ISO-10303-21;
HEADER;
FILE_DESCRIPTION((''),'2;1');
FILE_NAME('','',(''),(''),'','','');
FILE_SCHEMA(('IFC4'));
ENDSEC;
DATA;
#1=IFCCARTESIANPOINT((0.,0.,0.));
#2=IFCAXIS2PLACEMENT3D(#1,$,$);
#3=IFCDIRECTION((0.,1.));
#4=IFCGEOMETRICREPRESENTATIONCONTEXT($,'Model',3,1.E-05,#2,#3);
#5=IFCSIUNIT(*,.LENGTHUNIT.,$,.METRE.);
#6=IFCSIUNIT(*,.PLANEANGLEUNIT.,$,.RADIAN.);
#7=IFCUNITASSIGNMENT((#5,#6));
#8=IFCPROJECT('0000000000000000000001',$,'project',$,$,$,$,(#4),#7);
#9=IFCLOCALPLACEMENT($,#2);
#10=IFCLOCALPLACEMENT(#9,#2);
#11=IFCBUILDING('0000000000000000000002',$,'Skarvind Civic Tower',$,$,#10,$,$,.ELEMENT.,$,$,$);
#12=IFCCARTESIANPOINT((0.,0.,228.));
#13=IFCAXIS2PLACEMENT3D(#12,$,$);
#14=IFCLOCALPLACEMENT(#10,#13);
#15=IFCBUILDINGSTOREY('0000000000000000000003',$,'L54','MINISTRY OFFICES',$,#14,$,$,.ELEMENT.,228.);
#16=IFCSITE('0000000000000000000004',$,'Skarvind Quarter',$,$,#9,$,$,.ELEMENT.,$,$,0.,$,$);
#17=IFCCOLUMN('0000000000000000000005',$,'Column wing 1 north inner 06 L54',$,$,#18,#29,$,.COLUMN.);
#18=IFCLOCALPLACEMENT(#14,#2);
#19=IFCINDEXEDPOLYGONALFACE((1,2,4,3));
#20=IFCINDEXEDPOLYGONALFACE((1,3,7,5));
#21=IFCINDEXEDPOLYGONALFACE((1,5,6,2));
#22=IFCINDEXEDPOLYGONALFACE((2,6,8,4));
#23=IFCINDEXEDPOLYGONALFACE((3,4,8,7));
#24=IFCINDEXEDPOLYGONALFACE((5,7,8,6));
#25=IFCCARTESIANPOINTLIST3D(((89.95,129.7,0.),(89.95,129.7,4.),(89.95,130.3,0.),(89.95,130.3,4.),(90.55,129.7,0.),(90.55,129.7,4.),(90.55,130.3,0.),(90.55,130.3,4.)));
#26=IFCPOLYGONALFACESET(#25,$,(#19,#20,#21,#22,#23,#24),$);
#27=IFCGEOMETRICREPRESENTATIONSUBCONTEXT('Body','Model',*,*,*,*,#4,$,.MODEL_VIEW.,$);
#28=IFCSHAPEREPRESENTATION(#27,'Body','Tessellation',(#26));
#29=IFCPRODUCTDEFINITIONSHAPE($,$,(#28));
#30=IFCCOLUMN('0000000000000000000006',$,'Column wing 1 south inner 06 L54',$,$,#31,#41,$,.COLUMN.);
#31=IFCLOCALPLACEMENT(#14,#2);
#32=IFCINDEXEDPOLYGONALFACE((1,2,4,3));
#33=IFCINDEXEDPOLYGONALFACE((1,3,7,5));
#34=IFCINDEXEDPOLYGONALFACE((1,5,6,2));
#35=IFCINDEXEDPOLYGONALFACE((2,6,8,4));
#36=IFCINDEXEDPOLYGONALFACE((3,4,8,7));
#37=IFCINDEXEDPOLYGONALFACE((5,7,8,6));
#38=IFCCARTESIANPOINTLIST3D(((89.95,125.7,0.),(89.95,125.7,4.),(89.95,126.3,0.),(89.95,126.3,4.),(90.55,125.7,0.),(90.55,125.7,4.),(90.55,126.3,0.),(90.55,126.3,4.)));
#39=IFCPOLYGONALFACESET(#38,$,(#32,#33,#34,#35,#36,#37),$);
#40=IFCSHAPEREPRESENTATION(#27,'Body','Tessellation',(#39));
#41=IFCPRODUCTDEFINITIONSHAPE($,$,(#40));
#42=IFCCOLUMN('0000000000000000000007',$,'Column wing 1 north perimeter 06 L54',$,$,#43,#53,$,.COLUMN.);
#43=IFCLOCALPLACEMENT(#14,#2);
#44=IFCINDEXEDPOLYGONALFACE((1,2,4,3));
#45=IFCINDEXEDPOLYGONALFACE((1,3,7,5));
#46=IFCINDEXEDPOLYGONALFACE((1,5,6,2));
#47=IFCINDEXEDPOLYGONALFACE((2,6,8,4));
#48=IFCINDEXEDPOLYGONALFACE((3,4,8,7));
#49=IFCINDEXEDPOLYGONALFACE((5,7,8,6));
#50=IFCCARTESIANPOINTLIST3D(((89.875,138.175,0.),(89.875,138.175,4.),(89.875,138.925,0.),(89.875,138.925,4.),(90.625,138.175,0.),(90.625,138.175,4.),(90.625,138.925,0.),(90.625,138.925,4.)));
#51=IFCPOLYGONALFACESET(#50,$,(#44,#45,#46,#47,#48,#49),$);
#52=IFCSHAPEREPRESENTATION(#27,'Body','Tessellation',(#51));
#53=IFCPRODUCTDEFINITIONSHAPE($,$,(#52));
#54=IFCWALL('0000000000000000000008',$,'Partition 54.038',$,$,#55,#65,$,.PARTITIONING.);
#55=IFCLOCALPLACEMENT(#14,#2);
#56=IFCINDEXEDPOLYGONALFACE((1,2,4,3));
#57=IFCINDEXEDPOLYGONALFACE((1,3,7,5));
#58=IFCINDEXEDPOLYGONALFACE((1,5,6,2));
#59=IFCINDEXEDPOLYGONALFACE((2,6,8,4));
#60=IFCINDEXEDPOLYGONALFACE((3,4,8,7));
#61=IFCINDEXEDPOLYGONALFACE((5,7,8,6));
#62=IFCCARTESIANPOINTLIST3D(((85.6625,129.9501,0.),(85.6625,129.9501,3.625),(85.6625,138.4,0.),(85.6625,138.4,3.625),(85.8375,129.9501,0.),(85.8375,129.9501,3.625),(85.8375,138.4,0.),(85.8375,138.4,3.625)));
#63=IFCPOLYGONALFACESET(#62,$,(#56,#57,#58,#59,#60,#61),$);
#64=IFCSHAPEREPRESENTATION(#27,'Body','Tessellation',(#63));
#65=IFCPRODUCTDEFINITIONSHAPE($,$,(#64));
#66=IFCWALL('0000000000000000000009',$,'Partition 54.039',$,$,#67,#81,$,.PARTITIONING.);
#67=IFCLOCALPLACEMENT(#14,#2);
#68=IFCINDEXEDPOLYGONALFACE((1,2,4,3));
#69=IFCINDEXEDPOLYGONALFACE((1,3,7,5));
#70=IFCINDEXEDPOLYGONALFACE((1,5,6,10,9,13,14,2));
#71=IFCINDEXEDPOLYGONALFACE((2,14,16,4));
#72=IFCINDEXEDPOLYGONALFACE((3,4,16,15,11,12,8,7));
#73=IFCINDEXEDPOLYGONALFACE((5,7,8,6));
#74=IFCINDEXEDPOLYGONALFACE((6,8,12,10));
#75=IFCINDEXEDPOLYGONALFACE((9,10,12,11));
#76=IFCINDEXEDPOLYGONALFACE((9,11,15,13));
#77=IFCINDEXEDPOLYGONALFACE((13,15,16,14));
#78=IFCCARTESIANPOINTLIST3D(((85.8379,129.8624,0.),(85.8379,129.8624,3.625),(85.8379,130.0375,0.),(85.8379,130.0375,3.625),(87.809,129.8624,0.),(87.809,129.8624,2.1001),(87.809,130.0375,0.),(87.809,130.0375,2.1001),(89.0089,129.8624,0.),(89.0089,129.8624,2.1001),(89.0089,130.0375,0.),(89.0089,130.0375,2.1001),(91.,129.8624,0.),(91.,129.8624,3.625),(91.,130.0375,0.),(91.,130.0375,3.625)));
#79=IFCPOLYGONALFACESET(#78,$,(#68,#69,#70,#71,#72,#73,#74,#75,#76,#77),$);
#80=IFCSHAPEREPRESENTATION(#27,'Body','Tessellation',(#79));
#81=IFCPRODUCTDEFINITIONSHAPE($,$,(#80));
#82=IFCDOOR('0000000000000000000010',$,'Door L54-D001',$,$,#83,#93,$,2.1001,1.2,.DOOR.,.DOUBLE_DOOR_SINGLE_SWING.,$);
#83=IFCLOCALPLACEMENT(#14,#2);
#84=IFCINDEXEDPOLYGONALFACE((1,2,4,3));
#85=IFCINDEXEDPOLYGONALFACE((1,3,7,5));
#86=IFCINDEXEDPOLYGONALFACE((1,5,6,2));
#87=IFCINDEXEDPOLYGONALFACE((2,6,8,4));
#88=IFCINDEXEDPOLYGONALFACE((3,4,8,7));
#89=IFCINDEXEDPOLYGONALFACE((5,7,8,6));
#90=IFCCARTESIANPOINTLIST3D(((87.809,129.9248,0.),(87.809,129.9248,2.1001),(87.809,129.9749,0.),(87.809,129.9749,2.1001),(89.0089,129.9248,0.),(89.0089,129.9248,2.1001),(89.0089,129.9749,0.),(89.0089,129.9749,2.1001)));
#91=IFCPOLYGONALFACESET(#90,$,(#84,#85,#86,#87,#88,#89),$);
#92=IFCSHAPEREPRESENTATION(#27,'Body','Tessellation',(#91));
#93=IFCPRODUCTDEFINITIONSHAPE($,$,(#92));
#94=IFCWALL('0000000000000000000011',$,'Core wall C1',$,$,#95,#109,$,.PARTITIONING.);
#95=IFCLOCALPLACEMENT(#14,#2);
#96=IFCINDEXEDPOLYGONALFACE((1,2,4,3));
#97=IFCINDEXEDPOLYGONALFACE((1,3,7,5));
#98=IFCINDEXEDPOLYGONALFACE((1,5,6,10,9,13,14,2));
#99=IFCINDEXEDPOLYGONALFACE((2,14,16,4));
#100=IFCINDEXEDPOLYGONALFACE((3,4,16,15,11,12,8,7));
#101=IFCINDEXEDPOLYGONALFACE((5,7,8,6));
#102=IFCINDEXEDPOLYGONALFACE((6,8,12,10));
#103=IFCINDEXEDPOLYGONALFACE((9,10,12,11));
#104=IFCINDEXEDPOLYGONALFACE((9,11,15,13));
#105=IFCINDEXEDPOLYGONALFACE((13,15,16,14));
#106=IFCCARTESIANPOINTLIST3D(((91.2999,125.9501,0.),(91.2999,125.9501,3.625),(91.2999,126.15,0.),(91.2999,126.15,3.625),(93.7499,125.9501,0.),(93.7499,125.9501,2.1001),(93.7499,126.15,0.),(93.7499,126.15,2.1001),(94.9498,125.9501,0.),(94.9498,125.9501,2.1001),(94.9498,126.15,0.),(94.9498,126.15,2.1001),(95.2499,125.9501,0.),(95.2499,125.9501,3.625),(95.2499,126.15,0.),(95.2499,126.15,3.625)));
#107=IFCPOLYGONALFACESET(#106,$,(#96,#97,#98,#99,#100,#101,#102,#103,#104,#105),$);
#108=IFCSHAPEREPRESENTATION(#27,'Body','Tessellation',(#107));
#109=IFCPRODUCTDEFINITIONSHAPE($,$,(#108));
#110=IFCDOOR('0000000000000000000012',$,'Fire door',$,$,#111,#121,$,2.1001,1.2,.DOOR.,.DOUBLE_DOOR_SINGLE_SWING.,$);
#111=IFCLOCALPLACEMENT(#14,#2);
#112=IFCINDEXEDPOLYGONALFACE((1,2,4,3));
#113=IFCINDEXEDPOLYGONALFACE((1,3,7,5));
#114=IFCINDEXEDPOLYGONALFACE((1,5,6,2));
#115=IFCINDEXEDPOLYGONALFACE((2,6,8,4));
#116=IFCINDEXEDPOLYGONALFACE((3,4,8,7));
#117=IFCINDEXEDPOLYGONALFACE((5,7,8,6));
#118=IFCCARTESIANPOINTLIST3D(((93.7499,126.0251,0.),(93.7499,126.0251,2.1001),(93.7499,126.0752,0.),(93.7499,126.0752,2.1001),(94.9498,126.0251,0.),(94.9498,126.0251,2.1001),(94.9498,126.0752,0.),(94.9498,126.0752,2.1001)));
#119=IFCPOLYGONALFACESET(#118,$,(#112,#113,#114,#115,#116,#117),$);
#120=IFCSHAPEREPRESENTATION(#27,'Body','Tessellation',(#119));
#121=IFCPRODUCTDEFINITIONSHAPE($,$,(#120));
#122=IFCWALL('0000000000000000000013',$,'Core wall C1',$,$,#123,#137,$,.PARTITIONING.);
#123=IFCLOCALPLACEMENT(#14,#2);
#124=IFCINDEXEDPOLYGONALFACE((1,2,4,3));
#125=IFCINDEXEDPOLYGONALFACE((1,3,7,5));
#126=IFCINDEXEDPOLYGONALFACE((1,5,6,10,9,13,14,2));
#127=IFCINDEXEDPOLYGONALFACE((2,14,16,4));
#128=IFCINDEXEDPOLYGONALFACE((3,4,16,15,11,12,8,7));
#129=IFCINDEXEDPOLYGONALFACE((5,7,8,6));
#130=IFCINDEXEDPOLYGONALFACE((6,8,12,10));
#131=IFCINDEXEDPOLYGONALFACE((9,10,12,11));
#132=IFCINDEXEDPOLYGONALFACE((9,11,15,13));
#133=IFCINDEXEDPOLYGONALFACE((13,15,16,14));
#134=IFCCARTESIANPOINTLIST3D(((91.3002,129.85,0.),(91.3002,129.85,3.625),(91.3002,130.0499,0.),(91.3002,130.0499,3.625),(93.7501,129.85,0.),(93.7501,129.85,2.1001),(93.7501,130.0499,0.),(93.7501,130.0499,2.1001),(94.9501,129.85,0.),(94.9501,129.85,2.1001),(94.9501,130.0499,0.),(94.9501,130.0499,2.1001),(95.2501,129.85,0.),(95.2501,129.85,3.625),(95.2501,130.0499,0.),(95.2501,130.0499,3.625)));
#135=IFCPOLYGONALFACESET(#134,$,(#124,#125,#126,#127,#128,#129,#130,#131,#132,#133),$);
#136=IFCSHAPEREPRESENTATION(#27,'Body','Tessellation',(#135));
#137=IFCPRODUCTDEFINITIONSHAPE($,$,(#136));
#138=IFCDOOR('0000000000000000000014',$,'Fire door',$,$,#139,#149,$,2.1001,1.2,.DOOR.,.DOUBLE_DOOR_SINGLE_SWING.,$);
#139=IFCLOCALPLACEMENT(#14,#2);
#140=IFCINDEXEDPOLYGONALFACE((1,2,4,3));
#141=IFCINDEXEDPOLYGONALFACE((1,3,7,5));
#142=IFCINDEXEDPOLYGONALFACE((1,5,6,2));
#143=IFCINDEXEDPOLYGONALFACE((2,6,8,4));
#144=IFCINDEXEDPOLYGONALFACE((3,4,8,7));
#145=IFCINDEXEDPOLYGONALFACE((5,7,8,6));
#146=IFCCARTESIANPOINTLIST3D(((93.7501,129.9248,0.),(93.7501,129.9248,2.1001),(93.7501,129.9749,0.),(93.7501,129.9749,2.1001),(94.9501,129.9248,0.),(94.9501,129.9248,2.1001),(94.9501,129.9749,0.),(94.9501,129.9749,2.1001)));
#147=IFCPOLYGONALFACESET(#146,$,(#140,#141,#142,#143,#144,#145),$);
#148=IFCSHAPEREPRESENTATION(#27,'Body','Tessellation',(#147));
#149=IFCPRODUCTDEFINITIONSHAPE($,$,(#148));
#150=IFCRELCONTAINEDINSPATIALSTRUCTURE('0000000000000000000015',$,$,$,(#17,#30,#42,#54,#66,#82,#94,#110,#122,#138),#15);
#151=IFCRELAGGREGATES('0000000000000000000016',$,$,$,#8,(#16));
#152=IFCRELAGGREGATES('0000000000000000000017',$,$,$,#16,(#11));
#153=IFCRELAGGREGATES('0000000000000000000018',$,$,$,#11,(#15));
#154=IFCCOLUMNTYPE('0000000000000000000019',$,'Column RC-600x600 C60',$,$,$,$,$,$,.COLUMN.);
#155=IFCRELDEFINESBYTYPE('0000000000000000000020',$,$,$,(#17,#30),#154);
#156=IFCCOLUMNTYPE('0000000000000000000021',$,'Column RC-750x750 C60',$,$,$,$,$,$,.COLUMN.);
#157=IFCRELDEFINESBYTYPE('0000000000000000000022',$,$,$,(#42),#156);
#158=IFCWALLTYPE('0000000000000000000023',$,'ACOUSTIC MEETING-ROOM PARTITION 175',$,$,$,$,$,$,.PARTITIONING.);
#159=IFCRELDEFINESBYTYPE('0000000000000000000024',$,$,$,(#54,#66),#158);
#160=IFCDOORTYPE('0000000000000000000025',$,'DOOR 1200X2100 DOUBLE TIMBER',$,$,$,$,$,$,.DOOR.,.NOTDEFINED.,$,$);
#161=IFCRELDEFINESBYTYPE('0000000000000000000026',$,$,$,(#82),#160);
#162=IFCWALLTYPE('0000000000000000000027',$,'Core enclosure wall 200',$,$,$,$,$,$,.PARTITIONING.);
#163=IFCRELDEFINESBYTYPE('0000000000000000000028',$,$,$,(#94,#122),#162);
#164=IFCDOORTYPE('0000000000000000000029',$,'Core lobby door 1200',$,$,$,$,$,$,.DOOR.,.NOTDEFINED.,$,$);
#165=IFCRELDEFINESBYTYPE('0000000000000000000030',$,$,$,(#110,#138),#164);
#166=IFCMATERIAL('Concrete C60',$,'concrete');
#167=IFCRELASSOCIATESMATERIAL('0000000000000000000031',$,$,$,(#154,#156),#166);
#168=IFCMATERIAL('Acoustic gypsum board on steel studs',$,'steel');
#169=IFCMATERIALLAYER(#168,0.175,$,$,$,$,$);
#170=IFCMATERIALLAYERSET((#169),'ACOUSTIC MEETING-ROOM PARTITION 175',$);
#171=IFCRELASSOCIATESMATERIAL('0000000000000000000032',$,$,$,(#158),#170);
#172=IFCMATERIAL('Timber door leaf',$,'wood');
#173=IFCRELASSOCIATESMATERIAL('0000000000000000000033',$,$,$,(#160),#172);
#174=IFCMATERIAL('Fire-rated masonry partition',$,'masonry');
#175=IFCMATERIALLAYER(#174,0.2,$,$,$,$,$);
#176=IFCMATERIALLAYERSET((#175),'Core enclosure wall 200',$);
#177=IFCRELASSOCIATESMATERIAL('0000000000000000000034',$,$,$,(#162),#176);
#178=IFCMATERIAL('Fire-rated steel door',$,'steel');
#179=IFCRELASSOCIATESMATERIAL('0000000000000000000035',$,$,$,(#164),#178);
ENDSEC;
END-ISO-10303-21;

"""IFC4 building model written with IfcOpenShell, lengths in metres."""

from ifc_helpers import new_model, si_unit, direction, frame, frame_2d, origin, origin_2d, place, context, subcontext, project, spatial, rectangle, extrude, material, layer, layer_set, material_profile, profile_set, type_object, element, fill, save


model = new_model("IFC4")

# Units and contexts
model_context = context("Model", 3, precision=1e-05, world=origin(), true_north=direction((0.0, 1.0)))
body_context = subcontext(model_context, "Body", "Model", "MODEL_VIEW")
ifc_project = project(units=[si_unit("LENGTHUNIT", "METRE"), si_unit("PLANEANGLEUNIT", "RADIAN")], contexts=[model_context])

# Site, building, storey
site_placement = place(None, origin())
site = spatial("IfcSite", under=ifc_project, at=site_placement, Name="Skarvind Quarter", CompositionType="ELEMENT", RefElevation=0.0)
building_placement = place(site_placement, origin())
building = spatial("IfcBuilding", under=site, at=building_placement, Name="Skarvind Civic Tower", CompositionType="ELEMENT")
storey_placement = place(building_placement, frame((0.0, 0.0, 228.0)))
storey = spatial("IfcBuildingStorey", under=building, at=storey_placement, Name="L54", Description="MINISTRY OFFICES", CompositionType="ELEMENT", Elevation=228.0)

# Columns
ifc_material_1 = material(Name="Concrete C60", Category="concrete")
ifc_material_profile_1 = material_profile(ifc_material_1, rectangle(XDim=0.6001, YDim=0.6001, at=origin_2d()), Name="RC-600x600")
ifc_profile_set_1 = profile_set([ifc_material_profile_1], Name="Concrete C60")
column_type_1 = type_object("IfcColumnType", Name="Column RC-600x600 C60", PredefinedType="COLUMN", material=ifc_profile_set_1)
for number, where, z_axis, x_axis, name in (
    (1, (90.25, 130.0, 0.0), (0.0, 0.0, 1.0), (1.0, 0.0, 0.0), "Column wing 1 north inner 06 L54"),
    (2, (90.25, 126.0, 0.0), (0.0, 0.0, 1.0), (1.0, 0.0, 0.0), "Column wing 1 south inner 06 L54"),
):
    element("IfcColumn", number, at=place(storey_placement, frame(where, z_axis=z_axis, x_axis=x_axis)), inside=storey, type_object=column_type_1, Name=name, PredefinedType="COLUMN", context=body_context, shape_type="SweptSolid", body=[
        extrude(rectangle(XDim=0.6001, YDim=0.6001, at=origin_2d()), origin(), (0.0, 0.0, 1.0), 4.0),
    ])
ifc_material_profile_2 = material_profile(ifc_material_1, rectangle(XDim=0.75, YDim=0.75, at=origin_2d()), Name="RC-750x750")
ifc_profile_set_2 = profile_set([ifc_material_profile_2], Name="Concrete C60")
column_type_2 = type_object("IfcColumnType", Name="Column RC-750x750 C60", PredefinedType="COLUMN", material=ifc_profile_set_2)
column_placement = place(storey_placement, frame((90.25, 138.55, 0.0), z_axis=(0.0, 0.0, 1.0), x_axis=(1.0, 0.0, 0.0)))
element("IfcColumn", 3, at=column_placement, inside=storey, type_object=column_type_2, Name="Column wing 1 north perimeter 06 L54", PredefinedType="COLUMN", context=body_context, shape_type="SweptSolid", body=[
    extrude(rectangle(XDim=0.75, YDim=0.75, at=origin_2d()), origin(), (0.0, 0.0, 1.0), 4.0),
])

# Wall
ifc_material_2 = material(Name="Acoustic gypsum board on steel studs", Category="steel")
ifc_layer_1 = layer(ifc_material_2, 0.175)
ifc_layer_set_1 = layer_set([ifc_layer_1], Name="ACOUSTIC MEETING-ROOM PARTITION 175")
wall_type_1 = type_object("IfcWallType", Name="ACOUSTIC MEETING-ROOM PARTITION 175", PredefinedType="PARTITIONING", material=ifc_layer_set_1)
wall_1_placement = place(storey_placement, frame((85.75, 129.95, 0.0), z_axis=(0.0, 0.0, 1.0), x_axis=(0.0, 1.0, 0.0)))
element("IfcWall", 4, at=wall_1_placement, inside=storey, type_object=wall_type_1, Name="Partition 54.038", PredefinedType="PARTITIONING", context=body_context, shape_type="SweptSolid", body=[
    extrude(rectangle(XDim=8.45, YDim=0.175, at=frame_2d((4.2251, 0.0))), origin(), (0.0, 0.0, 1.0), 3.625),
])

# Walls, openings, doors
wall_2_placement = place(storey_placement, frame((85.8379, 129.95, 0.0), z_axis=(0.0, 0.0, 1.0), x_axis=(1.0, 0.0, 0.0)))
wall_2 = element("IfcWall", 5, at=wall_2_placement, inside=storey, type_object=wall_type_1, Name="Partition 54.039", PredefinedType="PARTITIONING", context=body_context, shape_type="SweptSolid", body=[
    extrude(rectangle(XDim=5.1621, YDim=0.175, at=frame_2d((2.5811, 0.0))), origin(), (0.0, 0.0, 1.0), 3.625),
])
opening_1_placement = place(wall_2_placement, frame((1.9709, 0.0, 0.0)))
opening_1 = element("IfcOpeningElement", 6, at=opening_1_placement, cuts=wall_2, PredefinedType="OPENING", context=body_context, shape_type="SweptSolid", body=[
    extrude(rectangle(XDim=1.2, YDim=2.1001, at=frame_2d((0.6001, 1.05))), frame((0.0, 0.0974, 0.0), z_axis=(0.0, -1.0, 0.0), x_axis=(1.0, 0.0, 0.0)), (0.0, 0.0, 1.0), 0.1951),
])
ifc_material_3 = material(Name="Timber door leaf", Category="wood")
door_type_1 = type_object("IfcDoorType", Name="DOOR 1200X2100 DOUBLE TIMBER", OperationType="NOTDEFINED", PredefinedType="DOOR", material=ifc_material_3)
door_1_placement = place(opening_1_placement, origin())
door_1 = element("IfcDoor", 7, at=door_1_placement, inside=storey, type_object=door_type_1, Name="Door L54-D001", OperationType="DOUBLE_DOOR_SINGLE_SWING", OverallHeight=2.1001, OverallWidth=1.2, PredefinedType="DOOR", context=body_context, shape_type="SweptSolid", body=[
    extrude(rectangle(XDim=1.2, YDim=2.1001, at=frame_2d((0.6001, 1.05))), frame((0.0, 0.0249, 0.0), z_axis=(0.0, -1.0, 0.0), x_axis=(1.0, 0.0, 0.0)), (0.0, 0.0, 1.0), 0.05),
])
fill(opening_1, door_1)
ifc_material_4 = material(Name="Fire-rated masonry partition", Category="masonry")
ifc_layer_2 = layer(ifc_material_4, 0.2)
ifc_layer_set_2 = layer_set([ifc_layer_2], Name="Core enclosure wall 200")
wall_type_2 = type_object("IfcWallType", Name="Core enclosure wall 200", PredefinedType="PARTITIONING", material=ifc_layer_set_2)
wall_3_placement = place(storey_placement, frame((95.25, 126.05, 0.0), z_axis=(0.0, 0.0, 1.0), x_axis=(-1.0, 0.0, 0.0)))
wall_3 = element("IfcWall", 8, at=wall_3_placement, inside=storey, type_object=wall_type_2, Name="Core wall C1", PredefinedType="PARTITIONING", context=body_context, shape_type="SweptSolid", body=[
    extrude(rectangle(XDim=3.95, YDim=0.2, at=frame_2d((1.9751, 0.0))), origin(), (0.0, 0.0, 1.0), 3.625),
])
opening_2_placement = place(wall_3_placement, frame((0.3, 0.0, 0.0)))
opening_2 = element("IfcOpeningElement", 9, at=opening_2_placement, cuts=wall_3, PredefinedType="OPENING", context=body_context, shape_type="SweptSolid", body=[
    extrude(rectangle(XDim=1.2, YDim=2.1001, at=frame_2d((0.6001, 1.05))), frame((0.0, 0.1099, 0.0), z_axis=(0.0, -1.0, 0.0), x_axis=(1.0, 0.0, 0.0)), (0.0, 0.0, 1.0), 0.22),
])
ifc_material_5 = material(Name="Fire-rated steel door", Category="steel")
door_type_2 = type_object("IfcDoorType", Name="Core lobby door 1200", OperationType="NOTDEFINED", PredefinedType="DOOR", material=ifc_material_5)
door_2_placement = place(opening_2_placement, origin())
door_2 = element("IfcDoor", 10, at=door_2_placement, inside=storey, type_object=door_type_2, Name="Fire door", OperationType="DOUBLE_DOOR_SINGLE_SWING", OverallHeight=2.1001, OverallWidth=1.2, PredefinedType="DOOR", context=body_context, shape_type="SweptSolid", body=[
    extrude(rectangle(XDim=1.2, YDim=2.1001, at=frame_2d((0.6001, 1.05))), frame((0.0, 0.0249, 0.0), z_axis=(0.0, -1.0, 0.0), x_axis=(1.0, 0.0, 0.0)), (0.0, 0.0, 1.0), 0.05),
])
fill(opening_2, door_2)
wall_4_placement = place(storey_placement, frame((91.3, 129.95, 0.0), z_axis=(0.0, 0.0, 1.0), x_axis=(1.0, 0.0, 0.0)))
wall_4 = element("IfcWall", 11, at=wall_4_placement, inside=storey, type_object=wall_type_2, Name="Core wall C1", PredefinedType="PARTITIONING", context=body_context, shape_type="SweptSolid", body=[
    extrude(rectangle(XDim=3.95, YDim=0.2, at=frame_2d((1.9751, 0.0))), origin(), (0.0, 0.0, 1.0), 3.625),
])
opening_3_placement = place(wall_4_placement, frame((2.45, 0.0, 0.0)))
opening_3 = element("IfcOpeningElement", 12, at=opening_3_placement, cuts=wall_4, PredefinedType="OPENING", context=body_context, shape_type="SweptSolid", body=[
    extrude(rectangle(XDim=1.2, YDim=2.1001, at=frame_2d((0.6001, 1.05))), frame((0.0, 0.1099, 0.0), z_axis=(0.0, -1.0, 0.0), x_axis=(1.0, 0.0, 0.0)), (0.0, 0.0, 1.0), 0.22),
])
door_3_placement = place(opening_3_placement, origin())
door_3 = element("IfcDoor", 13, at=door_3_placement, inside=storey, type_object=door_type_2, Name="Fire door", OperationType="DOUBLE_DOOR_SINGLE_SWING", OverallHeight=2.1001, OverallWidth=1.2, PredefinedType="DOOR", context=body_context, shape_type="SweptSolid", body=[
    extrude(rectangle(XDim=1.2, YDim=2.1001, at=frame_2d((0.6001, 1.05))), frame((0.0, 0.0249, 0.0), z_axis=(0.0, -1.0, 0.0), x_axis=(1.0, 0.0, 0.0)), (0.0, 0.0, 1.0), 0.05),
])
fill(opening_3, door_3)

save(model, "model.ifc")
